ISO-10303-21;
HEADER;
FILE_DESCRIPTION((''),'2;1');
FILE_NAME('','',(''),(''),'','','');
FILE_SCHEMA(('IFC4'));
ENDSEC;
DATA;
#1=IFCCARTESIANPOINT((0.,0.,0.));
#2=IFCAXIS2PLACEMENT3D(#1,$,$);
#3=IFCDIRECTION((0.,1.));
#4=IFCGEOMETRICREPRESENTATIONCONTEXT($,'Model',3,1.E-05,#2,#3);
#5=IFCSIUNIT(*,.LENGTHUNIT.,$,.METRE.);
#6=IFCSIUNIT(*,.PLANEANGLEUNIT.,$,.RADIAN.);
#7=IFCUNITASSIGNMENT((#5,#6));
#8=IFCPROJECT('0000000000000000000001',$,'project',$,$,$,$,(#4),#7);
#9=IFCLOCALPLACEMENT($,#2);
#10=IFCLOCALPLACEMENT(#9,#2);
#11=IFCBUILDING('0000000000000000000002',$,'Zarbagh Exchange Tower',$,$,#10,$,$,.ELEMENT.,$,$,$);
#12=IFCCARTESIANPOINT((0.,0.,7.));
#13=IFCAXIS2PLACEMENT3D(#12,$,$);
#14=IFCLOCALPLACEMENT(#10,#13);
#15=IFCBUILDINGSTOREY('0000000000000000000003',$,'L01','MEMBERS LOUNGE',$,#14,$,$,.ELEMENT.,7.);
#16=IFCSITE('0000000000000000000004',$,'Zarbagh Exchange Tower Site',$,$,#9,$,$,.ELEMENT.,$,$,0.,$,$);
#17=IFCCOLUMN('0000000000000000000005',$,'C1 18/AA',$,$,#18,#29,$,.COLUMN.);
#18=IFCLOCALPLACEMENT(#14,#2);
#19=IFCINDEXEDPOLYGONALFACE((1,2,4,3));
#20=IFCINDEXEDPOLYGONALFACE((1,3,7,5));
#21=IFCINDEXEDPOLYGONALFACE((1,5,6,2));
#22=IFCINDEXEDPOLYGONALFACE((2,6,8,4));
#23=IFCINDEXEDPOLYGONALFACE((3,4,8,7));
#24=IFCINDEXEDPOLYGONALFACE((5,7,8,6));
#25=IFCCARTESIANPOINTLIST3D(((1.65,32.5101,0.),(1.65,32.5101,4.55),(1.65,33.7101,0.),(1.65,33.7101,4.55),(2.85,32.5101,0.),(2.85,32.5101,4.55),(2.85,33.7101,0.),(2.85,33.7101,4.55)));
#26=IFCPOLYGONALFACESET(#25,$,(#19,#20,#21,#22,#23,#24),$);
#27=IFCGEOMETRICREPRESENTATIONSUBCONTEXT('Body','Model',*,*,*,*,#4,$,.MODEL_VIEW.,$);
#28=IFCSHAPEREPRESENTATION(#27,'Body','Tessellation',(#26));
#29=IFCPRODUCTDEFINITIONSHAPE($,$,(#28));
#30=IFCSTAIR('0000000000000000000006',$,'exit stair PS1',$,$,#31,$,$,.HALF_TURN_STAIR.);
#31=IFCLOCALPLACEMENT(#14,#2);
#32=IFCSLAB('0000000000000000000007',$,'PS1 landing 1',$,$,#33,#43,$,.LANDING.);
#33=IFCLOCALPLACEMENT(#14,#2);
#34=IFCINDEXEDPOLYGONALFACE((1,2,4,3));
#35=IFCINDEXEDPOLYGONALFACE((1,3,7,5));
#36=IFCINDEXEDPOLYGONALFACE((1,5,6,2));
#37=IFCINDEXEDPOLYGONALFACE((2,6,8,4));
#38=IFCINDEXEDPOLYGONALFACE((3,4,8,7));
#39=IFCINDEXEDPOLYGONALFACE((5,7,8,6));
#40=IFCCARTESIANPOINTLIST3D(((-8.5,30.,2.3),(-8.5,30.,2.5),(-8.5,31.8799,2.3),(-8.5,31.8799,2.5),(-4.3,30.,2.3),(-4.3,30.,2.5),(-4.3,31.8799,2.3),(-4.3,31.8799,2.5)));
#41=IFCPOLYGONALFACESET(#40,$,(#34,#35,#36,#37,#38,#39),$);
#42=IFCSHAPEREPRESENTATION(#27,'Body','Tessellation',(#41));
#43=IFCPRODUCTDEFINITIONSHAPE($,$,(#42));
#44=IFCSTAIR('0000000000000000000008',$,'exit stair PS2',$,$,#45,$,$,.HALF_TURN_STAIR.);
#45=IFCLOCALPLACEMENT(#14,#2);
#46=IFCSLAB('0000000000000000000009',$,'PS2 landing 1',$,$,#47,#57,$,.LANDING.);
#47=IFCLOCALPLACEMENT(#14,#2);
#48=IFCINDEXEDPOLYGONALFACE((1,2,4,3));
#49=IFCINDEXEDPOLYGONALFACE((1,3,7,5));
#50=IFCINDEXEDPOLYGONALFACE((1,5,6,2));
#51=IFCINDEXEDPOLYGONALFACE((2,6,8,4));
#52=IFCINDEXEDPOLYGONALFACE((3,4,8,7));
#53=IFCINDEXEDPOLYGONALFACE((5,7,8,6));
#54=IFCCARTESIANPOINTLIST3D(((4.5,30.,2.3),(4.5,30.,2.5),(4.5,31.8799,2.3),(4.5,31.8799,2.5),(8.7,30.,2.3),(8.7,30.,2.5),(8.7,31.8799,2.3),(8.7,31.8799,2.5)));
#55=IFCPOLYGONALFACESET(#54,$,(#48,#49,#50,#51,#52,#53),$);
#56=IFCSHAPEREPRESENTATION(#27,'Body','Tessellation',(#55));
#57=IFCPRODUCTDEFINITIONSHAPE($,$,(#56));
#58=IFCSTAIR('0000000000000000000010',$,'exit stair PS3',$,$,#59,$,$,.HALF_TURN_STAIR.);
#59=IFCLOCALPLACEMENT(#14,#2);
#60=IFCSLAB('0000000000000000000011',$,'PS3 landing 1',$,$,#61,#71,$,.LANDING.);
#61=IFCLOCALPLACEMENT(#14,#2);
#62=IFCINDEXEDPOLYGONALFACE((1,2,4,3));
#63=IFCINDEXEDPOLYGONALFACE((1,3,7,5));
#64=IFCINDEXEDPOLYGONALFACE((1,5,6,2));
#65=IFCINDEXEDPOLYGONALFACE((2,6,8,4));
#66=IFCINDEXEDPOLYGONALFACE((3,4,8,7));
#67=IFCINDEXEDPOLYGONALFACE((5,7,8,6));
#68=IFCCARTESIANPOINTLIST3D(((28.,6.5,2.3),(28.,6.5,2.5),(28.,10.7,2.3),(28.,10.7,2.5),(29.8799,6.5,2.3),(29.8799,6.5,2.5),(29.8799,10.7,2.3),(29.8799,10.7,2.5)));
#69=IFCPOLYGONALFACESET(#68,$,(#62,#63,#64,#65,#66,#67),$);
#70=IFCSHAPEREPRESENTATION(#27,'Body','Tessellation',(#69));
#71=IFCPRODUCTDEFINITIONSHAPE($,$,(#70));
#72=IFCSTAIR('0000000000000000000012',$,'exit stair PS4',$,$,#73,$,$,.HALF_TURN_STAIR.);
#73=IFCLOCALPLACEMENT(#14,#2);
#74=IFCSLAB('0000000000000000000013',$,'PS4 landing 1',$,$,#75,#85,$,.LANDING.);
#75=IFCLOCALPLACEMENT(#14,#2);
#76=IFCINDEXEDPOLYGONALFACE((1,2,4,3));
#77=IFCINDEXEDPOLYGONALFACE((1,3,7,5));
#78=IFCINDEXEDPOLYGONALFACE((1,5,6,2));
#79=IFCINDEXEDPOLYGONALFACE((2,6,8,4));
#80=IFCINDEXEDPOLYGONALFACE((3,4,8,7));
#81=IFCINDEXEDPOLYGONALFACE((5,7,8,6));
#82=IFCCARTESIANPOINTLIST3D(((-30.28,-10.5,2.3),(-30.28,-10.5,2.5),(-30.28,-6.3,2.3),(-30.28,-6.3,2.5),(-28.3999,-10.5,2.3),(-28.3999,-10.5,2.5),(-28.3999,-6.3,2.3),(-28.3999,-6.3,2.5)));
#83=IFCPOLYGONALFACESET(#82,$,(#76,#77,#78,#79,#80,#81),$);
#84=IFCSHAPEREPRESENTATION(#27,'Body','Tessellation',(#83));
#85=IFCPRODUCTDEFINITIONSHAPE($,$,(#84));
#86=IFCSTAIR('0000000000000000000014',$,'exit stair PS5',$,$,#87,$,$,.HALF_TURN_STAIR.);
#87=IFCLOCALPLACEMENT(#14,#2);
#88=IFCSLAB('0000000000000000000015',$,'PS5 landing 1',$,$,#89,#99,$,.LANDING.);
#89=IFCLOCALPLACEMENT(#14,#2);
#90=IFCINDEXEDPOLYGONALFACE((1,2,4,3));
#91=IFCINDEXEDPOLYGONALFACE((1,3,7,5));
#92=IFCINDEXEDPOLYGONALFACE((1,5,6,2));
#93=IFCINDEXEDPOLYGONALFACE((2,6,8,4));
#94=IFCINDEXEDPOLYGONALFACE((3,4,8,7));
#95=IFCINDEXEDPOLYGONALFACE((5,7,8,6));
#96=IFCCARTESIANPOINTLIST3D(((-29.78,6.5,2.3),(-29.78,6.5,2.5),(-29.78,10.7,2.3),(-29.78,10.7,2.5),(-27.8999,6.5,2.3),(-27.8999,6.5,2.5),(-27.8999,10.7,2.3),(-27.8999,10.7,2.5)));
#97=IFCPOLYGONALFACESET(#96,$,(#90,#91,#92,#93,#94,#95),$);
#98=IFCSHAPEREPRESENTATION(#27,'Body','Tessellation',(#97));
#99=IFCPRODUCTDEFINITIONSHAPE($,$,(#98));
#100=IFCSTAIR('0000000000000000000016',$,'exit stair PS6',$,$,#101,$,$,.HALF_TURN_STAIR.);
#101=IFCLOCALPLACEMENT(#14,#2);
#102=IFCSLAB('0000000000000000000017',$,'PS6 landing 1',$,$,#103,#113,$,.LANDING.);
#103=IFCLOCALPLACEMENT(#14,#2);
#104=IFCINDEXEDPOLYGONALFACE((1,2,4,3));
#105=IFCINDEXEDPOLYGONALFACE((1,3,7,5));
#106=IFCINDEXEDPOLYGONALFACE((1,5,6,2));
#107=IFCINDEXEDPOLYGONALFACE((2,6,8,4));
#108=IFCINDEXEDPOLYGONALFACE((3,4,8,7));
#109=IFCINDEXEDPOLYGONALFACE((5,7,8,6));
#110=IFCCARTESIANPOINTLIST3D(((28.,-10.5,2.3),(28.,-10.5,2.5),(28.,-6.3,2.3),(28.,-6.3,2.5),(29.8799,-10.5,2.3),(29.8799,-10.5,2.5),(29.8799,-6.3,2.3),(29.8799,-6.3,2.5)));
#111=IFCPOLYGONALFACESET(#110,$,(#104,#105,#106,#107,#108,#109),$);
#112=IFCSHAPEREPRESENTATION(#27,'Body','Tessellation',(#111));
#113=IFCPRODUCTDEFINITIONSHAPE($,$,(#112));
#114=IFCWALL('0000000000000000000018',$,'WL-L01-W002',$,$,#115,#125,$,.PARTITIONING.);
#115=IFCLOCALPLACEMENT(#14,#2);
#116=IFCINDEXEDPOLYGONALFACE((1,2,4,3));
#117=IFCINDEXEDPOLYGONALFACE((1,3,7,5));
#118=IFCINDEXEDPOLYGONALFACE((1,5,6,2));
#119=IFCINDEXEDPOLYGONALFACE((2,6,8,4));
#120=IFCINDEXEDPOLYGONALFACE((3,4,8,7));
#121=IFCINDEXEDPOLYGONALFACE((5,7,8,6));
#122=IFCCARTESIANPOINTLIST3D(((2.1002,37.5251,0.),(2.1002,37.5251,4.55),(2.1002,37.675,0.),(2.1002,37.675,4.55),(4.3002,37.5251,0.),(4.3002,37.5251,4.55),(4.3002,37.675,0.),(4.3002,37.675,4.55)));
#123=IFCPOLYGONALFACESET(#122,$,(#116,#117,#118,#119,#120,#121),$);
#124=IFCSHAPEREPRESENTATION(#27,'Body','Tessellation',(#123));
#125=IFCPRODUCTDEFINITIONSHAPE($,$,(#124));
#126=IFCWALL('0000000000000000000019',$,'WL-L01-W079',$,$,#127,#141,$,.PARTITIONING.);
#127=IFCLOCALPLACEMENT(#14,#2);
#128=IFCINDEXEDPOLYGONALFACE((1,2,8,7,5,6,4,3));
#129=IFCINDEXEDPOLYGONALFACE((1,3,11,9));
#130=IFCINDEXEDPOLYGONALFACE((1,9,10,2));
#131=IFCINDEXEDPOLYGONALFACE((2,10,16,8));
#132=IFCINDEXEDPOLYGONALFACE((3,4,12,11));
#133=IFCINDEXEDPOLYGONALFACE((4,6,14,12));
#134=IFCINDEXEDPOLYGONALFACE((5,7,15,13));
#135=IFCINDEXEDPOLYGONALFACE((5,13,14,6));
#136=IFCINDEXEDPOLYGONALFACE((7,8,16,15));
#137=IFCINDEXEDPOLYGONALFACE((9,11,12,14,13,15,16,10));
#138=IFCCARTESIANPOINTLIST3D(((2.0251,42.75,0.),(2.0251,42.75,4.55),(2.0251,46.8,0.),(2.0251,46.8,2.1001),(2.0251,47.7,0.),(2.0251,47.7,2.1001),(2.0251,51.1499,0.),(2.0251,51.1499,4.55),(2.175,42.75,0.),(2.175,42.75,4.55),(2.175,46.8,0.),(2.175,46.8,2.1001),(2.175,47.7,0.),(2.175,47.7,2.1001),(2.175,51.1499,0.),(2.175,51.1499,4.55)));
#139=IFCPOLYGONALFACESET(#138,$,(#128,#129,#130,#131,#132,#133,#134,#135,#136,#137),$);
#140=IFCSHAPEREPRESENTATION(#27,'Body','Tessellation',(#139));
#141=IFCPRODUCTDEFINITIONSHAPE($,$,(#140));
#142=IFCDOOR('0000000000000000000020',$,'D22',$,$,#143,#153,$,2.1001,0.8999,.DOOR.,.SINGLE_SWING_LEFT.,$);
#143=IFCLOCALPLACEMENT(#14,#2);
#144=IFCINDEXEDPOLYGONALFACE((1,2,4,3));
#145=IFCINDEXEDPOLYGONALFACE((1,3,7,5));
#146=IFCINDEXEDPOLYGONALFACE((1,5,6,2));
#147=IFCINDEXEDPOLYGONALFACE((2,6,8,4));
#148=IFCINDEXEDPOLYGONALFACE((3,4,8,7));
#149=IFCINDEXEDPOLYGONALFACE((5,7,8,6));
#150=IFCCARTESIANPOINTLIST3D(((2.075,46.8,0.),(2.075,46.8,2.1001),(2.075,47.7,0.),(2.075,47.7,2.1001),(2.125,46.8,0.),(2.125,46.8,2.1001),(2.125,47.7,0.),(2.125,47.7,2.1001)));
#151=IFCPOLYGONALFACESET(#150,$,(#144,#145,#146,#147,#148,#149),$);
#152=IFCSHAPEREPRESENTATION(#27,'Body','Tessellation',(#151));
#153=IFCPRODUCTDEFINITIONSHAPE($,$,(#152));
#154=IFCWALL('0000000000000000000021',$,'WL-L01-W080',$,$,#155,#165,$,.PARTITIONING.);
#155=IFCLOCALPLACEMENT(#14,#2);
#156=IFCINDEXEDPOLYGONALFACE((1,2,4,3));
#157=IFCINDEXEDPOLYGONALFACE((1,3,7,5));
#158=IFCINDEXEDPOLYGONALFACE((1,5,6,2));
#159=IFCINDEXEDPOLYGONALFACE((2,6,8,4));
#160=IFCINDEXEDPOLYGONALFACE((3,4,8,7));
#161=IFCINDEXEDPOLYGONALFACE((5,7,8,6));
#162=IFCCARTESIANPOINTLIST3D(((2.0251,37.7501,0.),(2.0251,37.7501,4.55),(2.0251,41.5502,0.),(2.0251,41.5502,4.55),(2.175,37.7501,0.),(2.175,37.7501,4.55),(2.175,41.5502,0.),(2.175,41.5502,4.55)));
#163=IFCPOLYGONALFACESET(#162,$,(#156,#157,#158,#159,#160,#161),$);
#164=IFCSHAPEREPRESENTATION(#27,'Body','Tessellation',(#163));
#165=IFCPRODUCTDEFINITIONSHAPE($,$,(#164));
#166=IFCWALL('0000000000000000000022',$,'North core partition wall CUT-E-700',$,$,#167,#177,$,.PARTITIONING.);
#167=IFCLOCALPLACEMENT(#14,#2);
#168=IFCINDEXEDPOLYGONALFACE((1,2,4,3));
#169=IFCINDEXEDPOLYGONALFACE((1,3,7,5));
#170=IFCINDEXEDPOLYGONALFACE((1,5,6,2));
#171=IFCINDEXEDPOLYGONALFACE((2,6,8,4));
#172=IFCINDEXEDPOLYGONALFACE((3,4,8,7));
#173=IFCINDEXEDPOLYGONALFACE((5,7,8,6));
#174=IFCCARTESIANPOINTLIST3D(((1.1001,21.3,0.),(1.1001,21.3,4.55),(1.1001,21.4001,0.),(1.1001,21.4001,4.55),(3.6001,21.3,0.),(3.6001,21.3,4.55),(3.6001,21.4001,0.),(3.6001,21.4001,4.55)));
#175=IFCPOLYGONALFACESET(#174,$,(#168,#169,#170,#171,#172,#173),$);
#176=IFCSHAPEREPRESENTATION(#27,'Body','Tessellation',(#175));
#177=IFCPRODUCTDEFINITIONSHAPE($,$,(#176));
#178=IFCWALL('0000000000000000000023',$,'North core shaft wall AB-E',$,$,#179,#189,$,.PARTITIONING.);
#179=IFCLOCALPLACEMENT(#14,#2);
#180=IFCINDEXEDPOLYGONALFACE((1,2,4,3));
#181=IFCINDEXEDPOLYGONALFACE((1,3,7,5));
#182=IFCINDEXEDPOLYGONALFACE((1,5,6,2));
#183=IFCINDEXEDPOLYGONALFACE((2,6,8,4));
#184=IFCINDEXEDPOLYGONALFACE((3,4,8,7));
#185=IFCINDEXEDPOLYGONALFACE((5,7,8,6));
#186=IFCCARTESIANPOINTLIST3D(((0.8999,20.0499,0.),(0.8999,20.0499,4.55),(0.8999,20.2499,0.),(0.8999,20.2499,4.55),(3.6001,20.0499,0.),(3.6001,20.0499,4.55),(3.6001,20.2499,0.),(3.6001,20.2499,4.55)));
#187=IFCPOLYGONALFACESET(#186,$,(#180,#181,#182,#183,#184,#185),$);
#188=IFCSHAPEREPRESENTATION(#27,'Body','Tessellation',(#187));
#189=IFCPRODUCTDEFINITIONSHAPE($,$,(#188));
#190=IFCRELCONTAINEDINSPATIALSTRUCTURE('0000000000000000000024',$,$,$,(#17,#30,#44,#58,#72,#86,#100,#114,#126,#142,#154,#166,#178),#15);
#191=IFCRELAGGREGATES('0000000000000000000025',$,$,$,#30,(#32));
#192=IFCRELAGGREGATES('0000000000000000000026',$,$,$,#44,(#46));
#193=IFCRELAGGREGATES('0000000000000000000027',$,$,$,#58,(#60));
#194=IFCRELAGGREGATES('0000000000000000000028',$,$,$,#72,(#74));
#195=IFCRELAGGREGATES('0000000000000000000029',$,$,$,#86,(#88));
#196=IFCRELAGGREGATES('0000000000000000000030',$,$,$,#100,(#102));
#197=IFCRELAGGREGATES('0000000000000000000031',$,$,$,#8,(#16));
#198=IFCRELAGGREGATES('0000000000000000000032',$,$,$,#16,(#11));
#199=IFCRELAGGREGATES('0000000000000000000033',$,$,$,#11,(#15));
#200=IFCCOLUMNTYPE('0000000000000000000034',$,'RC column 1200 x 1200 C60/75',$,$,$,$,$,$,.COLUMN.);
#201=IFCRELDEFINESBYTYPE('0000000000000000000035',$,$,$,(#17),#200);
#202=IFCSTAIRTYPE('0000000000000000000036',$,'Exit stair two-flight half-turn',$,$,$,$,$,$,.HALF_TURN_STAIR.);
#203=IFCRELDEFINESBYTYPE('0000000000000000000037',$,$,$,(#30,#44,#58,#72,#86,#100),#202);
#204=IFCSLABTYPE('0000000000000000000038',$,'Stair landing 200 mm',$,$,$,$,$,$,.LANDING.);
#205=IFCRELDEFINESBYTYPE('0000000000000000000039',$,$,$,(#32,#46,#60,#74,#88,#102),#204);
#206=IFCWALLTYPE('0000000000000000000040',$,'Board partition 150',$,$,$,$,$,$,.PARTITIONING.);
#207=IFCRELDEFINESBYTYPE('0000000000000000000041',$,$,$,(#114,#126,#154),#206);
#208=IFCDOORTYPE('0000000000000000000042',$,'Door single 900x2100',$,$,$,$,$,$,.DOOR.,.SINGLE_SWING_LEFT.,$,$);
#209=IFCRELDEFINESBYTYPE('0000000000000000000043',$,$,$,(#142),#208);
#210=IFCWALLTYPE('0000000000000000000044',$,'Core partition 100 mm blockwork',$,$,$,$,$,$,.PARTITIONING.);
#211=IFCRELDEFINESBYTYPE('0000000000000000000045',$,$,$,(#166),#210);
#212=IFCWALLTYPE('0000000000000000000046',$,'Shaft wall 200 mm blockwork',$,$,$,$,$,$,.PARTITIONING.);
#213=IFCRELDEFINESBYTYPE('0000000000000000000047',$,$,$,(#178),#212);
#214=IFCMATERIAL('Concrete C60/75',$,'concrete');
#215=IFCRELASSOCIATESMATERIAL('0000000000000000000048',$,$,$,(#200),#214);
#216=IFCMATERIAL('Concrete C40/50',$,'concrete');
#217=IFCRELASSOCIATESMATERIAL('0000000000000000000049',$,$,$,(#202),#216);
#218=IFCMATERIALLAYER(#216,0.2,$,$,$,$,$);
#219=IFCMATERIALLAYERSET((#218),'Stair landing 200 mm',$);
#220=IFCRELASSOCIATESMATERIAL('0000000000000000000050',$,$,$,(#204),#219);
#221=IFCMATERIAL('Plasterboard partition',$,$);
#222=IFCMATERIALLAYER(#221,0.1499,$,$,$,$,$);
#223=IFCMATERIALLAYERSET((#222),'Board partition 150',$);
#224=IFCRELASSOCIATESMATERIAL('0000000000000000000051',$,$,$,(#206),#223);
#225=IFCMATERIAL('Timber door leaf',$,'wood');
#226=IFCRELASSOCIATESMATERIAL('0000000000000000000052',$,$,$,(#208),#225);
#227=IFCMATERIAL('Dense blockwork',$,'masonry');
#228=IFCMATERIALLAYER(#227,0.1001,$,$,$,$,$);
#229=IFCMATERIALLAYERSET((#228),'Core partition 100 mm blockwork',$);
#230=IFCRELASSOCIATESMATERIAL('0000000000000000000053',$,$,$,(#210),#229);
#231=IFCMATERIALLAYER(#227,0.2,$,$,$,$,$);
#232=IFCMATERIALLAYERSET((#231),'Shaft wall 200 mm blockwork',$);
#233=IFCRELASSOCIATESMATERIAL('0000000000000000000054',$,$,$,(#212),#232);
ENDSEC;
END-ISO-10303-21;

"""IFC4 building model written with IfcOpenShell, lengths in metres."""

from ifc_helpers import new_model, si_unit, direction, frame, frame_2d, origin, origin_2d, place, context, subcontext, project, spatial, polyline, rectangle, outline, extrude, material, layer, layer_set, material_profile, profile_set, type_object, element, fill, aggregate, save


model = new_model("IFC4")

# Units and contexts
model_context = context("Model", 3, precision=1e-05, world=origin(), true_north=direction((0.0, 1.0)))
body_context = subcontext(model_context, "Body", "Model", "MODEL_VIEW")
ifc_project = project(units=[si_unit("LENGTHUNIT", "METRE"), si_unit("PLANEANGLEUNIT", "RADIAN")], contexts=[model_context])

# Site, building, storey
site_placement = place(None, origin())
site = spatial("IfcSite", under=ifc_project, at=site_placement, Name="Zarbagh Exchange Tower Site", CompositionType="ELEMENT", RefElevation=0.0)
building_placement = place(site_placement, origin())
building = spatial("IfcBuilding", under=site, at=building_placement, Name="Zarbagh Exchange Tower", CompositionType="ELEMENT")
storey_placement = place(building_placement, frame((0.0, 0.0, 7.0)))
storey = spatial("IfcBuildingStorey", under=building, at=storey_placement, Name="L01", Description="MEMBERS LOUNGE", CompositionType="ELEMENT", Elevation=7.0)

# Column
ifc_material_1 = material(Name="Concrete C60/75", Category="concrete")
ifc_material_profile = material_profile(ifc_material_1, rectangle(XDim=1.2, YDim=1.2, at=origin_2d()), Name="RC column 1200 x 1200 C60/75")
ifc_profile_set = profile_set([ifc_material_profile], Name="Concrete C60/75")
column_type = type_object("IfcColumnType", Name="RC column 1200 x 1200 C60/75", PredefinedType="COLUMN", material=ifc_profile_set)
column_placement = place(storey_placement, frame((2.25, 33.1101, 0.0), z_axis=(0.0, 0.0, 1.0), x_axis=(1.0, 0.0, 0.0)))
element("IfcColumn", 1, at=column_placement, inside=storey, type_object=column_type, Name="C1 18/AA", PredefinedType="COLUMN", context=body_context, shape_type="SweptSolid", body=[
    extrude(rectangle(XDim=1.2, YDim=1.2, at=origin_2d()), origin(), (0.0, 0.0, 1.0), 4.55),
])

# Stairs, slabs
ifc_material_2 = material(Name="Concrete C40/50", Category="concrete")
stair_type = type_object("IfcStairType", Name="Exit stair two-flight half-turn", PredefinedType="HALF_TURN_STAIR", material=ifc_material_2)
stair_1_placement = place(storey_placement, origin())
stair_1 = element("IfcStair", 2, at=stair_1_placement, inside=storey, type_object=stair_type, Name="exit stair PS1", PredefinedType="HALF_TURN_STAIR")
ifc_layer_1 = layer(ifc_material_2, 0.2)
ifc_layer_set_1 = layer_set([ifc_layer_1], Name="Stair landing 200 mm")
slab_type = type_object("IfcSlabType", Name="Stair landing 200 mm", PredefinedType="LANDING", material=ifc_layer_set_1)
slab_1_placement = place(storey_placement, frame((0.0, 0.0, 2.3)))
slab_1 = element("IfcSlab", 3, at=slab_1_placement, type_object=slab_type, Name="PS1 landing 1", PredefinedType="LANDING", context=body_context, shape_type="SweptSolid", body=[
    extrude(outline(polyline([(-8.5, 31.8799), (-8.5, 30.0), (-4.3, 30.0), (-4.3, 31.8799), (-8.5, 31.8799)])), origin(), (0.0, 0.0, 1.0), 0.2),
])
aggregate(stair_1, [slab_1])
stair_2_placement = place(storey_placement, origin())
stair_2 = element("IfcStair", 4, at=stair_2_placement, inside=storey, type_object=stair_type, Name="exit stair PS2", PredefinedType="HALF_TURN_STAIR")
slab_2_placement = place(storey_placement, frame((0.0, 0.0, 2.3)))
slab_2 = element("IfcSlab", 5, at=slab_2_placement, type_object=slab_type, Name="PS2 landing 1", PredefinedType="LANDING", context=body_context, shape_type="SweptSolid", body=[
    extrude(outline(polyline([(4.5, 31.8799), (4.5, 30.0), (8.7, 30.0), (8.7, 31.8799), (4.5, 31.8799)])), origin(), (0.0, 0.0, 1.0), 0.2),
])
aggregate(stair_2, [slab_2])
stair_3_placement = place(storey_placement, origin())
stair_3 = element("IfcStair", 6, at=stair_3_placement, inside=storey, type_object=stair_type, Name="exit stair PS3", PredefinedType="HALF_TURN_STAIR")
slab_3_placement = place(storey_placement, frame((0.0, 0.0, 2.3)))
slab_3 = element("IfcSlab", 7, at=slab_3_placement, type_object=slab_type, Name="PS3 landing 1", PredefinedType="LANDING", context=body_context, shape_type="SweptSolid", body=[
    extrude(outline(polyline([(29.8799, 10.7), (28.0, 10.7), (28.0, 6.5), (29.8799, 6.5), (29.8799, 10.7)])), origin(), (0.0, 0.0, 1.0), 0.2),
])
aggregate(stair_3, [slab_3])
stair_4_placement = place(storey_placement, origin())
stair_4 = element("IfcStair", 8, at=stair_4_placement, inside=storey, type_object=stair_type, Name="exit stair PS4", PredefinedType="HALF_TURN_STAIR")
slab_4_placement = place(storey_placement, frame((0.0, 0.0, 2.3)))
slab_4 = element("IfcSlab", 9, at=slab_4_placement, type_object=slab_type, Name="PS4 landing 1", PredefinedType="LANDING", context=body_context, shape_type="SweptSolid", body=[
    extrude(outline(polyline([(-30.28, -10.5), (-28.3999, -10.5), (-28.3999, -6.3), (-30.28, -6.3), (-30.28, -10.5)])), origin(), (0.0, 0.0, 1.0), 0.2),
])
aggregate(stair_4, [slab_4])
stair_5_placement = place(storey_placement, origin())
stair_5 = element("IfcStair", 10, at=stair_5_placement, inside=storey, type_object=stair_type, Name="exit stair PS5", PredefinedType="HALF_TURN_STAIR")
slab_5_placement = place(storey_placement, frame((0.0, 0.0, 2.3)))
slab_5 = element("IfcSlab", 11, at=slab_5_placement, type_object=slab_type, Name="PS5 landing 1", PredefinedType="LANDING", context=body_context, shape_type="SweptSolid", body=[
    extrude(outline(polyline([(-29.78, 6.5), (-27.8999, 6.5), (-27.8999, 10.7), (-29.78, 10.7), (-29.78, 6.5)])), origin(), (0.0, 0.0, 1.0), 0.2),
])
aggregate(stair_5, [slab_5])
stair_6_placement = place(storey_placement, origin())
stair_6 = element("IfcStair", 12, at=stair_6_placement, inside=storey, type_object=stair_type, Name="exit stair PS6", PredefinedType="HALF_TURN_STAIR")
slab_6_placement = place(storey_placement, frame((0.0, 0.0, 2.3)))
slab_6 = element("IfcSlab", 13, at=slab_6_placement, type_object=slab_type, Name="PS6 landing 1", PredefinedType="LANDING", context=body_context, shape_type="SweptSolid", body=[
    extrude(outline(polyline([(29.8799, -6.3), (28.0, -6.3), (28.0, -10.5), (29.8799, -10.5), (29.8799, -6.3)])), origin(), (0.0, 0.0, 1.0), 0.2),
])
aggregate(stair_6, [slab_6])

# Wall
ifc_material_3 = material(Name="Plasterboard partition")
ifc_layer_2 = layer(ifc_material_3, 0.1499)
ifc_layer_set_2 = layer_set([ifc_layer_2], Name="Board partition 150")
wall_type_1 = type_object("IfcWallType", Name="Board partition 150", PredefinedType="PARTITIONING", material=ifc_layer_set_2)
wall_1_placement = place(storey_placement, frame((2.1001, 37.6001, 0.0), z_axis=(0.0, 0.0, 1.0), x_axis=(1.0, 0.0, 0.0)))
element("IfcWall", 14, at=wall_1_placement, inside=storey, type_object=wall_type_1, Name="WL-L01-W002", PredefinedType="PARTITIONING", context=body_context, shape_type="SweptSolid", body=[
    extrude(rectangle(XDim=2.2, YDim=0.1499, at=frame_2d((1.1001, 0.0))), origin(), (0.0, 0.0, 1.0), 4.55),
])

# Wall, opening, door
wall_2_placement = place(storey_placement, frame((2.1001, 51.1499, 0.0), z_axis=(0.0, 0.0, 1.0), x_axis=(0.0, -1.0, 0.0)))
wall_2 = element("IfcWall", 15, at=wall_2_placement, inside=storey, type_object=wall_type_1, Name="WL-L01-W079", PredefinedType="PARTITIONING", context=body_context, shape_type="SweptSolid", body=[
    extrude(rectangle(XDim=8.3999, YDim=0.1499, at=frame_2d((4.2, 0.0))), origin(), (0.0, 0.0, 1.0), 4.55),
])
opening_1_placement = place(wall_2_placement, frame((3.45, 0.0, 0.0)))
opening_1 = element("IfcOpeningElement", 16, at=opening_1_placement, cuts=wall_2, PredefinedType="OPENING", context=body_context, shape_type="SweptSolid", body=[
    extrude(rectangle(XDim=0.8999, YDim=2.1001, at=frame_2d((0.45, 1.05))), frame((0.0, 0.085, 0.0), z_axis=(0.0, -1.0, 0.0), x_axis=(1.0, 0.0, 0.0)), (0.0, 0.0, 1.0), 0.1699),
])
ifc_material_4 = material(Name="Timber door leaf", Category="wood")
door_type_1 = type_object("IfcDoorType", Name="Door single 900x2100", OperationType="SINGLE_SWING_LEFT", PredefinedType="DOOR", material=ifc_material_4)
door_1_placement = place(opening_1_placement, origin())
door_1 = element("IfcDoor", 17, at=door_1_placement, inside=storey, type_object=door_type_1, Name="D22", OperationType="SINGLE_SWING_LEFT", OverallHeight=2.1001, OverallWidth=0.8999, PredefinedType="DOOR", context=body_context, shape_type="SweptSolid", body=[
    extrude(rectangle(XDim=0.8999, YDim=2.1001, at=frame_2d((0.45, 1.05))), frame((0.0, 0.0249, 0.0), z_axis=(0.0, -1.0, 0.0), x_axis=(1.0, 0.0, 0.0)), (0.0, 0.0, 1.0), 0.05),
])
fill(opening_1, door_1)

# Walls
wall_3_placement = place(storey_placement, frame((2.1001, 41.55, 0.0), z_axis=(0.0, 0.0, 1.0), x_axis=(0.0, -1.0, 0.0)))
element("IfcWall", 18, at=wall_3_placement, inside=storey, type_object=wall_type_1, Name="WL-L01-W080", PredefinedType="PARTITIONING", context=body_context, shape_type="SweptSolid", body=[
    extrude(rectangle(XDim=3.8, YDim=0.1499, at=frame_2d((1.8999, 0.0))), origin(), (0.0, 0.0, 1.0), 4.55),
])
ifc_material_5 = material(Name="Dense blockwork", Category="masonry")
ifc_layer_3 = layer(ifc_material_5, 0.1001)
ifc_layer_set_3 = layer_set([ifc_layer_3], Name="Core partition 100 mm blockwork")
wall_type_2 = type_object("IfcWallType", Name="Core partition 100 mm blockwork", PredefinedType="PARTITIONING", material=ifc_layer_set_3)
wall_4_placement = place(storey_placement, frame((1.1001, 21.3501, 0.0), z_axis=(0.0, 0.0, 1.0), x_axis=(1.0, 0.0, 0.0)))
element("IfcWall", 19, at=wall_4_placement, inside=storey, type_object=wall_type_2, Name="North core partition wall CUT-E-700", PredefinedType="PARTITIONING", context=body_context, shape_type="SweptSolid", body=[
    extrude(rectangle(XDim=2.5, YDim=0.1001, at=frame_2d((1.25, 0.0))), origin(), (0.0, 0.0, 1.0), 4.55),
])
ifc_layer_4 = layer(ifc_material_5, 0.2)
ifc_layer_set_4 = layer_set([ifc_layer_4], Name="Shaft wall 200 mm blockwork")
wall_type_3 = type_object("IfcWallType", Name="Shaft wall 200 mm blockwork", PredefinedType="PARTITIONING", material=ifc_layer_set_4)
wall_5_placement = place(storey_placement, frame((0.8999, 20.1499, 0.0), z_axis=(0.0, 0.0, 1.0), x_axis=(1.0, 0.0, 0.0)))
element("IfcWall", 20, at=wall_5_placement, inside=storey, type_object=wall_type_3, Name="North core shaft wall AB-E", PredefinedType="PARTITIONING", context=body_context, shape_type="SweptSolid", body=[
    extrude(rectangle(XDim=2.7002, YDim=0.2, at=frame_2d((1.3501, 0.0))), origin(), (0.0, 0.0, 1.0), 4.55),
])

save(model, "model.ifc")
